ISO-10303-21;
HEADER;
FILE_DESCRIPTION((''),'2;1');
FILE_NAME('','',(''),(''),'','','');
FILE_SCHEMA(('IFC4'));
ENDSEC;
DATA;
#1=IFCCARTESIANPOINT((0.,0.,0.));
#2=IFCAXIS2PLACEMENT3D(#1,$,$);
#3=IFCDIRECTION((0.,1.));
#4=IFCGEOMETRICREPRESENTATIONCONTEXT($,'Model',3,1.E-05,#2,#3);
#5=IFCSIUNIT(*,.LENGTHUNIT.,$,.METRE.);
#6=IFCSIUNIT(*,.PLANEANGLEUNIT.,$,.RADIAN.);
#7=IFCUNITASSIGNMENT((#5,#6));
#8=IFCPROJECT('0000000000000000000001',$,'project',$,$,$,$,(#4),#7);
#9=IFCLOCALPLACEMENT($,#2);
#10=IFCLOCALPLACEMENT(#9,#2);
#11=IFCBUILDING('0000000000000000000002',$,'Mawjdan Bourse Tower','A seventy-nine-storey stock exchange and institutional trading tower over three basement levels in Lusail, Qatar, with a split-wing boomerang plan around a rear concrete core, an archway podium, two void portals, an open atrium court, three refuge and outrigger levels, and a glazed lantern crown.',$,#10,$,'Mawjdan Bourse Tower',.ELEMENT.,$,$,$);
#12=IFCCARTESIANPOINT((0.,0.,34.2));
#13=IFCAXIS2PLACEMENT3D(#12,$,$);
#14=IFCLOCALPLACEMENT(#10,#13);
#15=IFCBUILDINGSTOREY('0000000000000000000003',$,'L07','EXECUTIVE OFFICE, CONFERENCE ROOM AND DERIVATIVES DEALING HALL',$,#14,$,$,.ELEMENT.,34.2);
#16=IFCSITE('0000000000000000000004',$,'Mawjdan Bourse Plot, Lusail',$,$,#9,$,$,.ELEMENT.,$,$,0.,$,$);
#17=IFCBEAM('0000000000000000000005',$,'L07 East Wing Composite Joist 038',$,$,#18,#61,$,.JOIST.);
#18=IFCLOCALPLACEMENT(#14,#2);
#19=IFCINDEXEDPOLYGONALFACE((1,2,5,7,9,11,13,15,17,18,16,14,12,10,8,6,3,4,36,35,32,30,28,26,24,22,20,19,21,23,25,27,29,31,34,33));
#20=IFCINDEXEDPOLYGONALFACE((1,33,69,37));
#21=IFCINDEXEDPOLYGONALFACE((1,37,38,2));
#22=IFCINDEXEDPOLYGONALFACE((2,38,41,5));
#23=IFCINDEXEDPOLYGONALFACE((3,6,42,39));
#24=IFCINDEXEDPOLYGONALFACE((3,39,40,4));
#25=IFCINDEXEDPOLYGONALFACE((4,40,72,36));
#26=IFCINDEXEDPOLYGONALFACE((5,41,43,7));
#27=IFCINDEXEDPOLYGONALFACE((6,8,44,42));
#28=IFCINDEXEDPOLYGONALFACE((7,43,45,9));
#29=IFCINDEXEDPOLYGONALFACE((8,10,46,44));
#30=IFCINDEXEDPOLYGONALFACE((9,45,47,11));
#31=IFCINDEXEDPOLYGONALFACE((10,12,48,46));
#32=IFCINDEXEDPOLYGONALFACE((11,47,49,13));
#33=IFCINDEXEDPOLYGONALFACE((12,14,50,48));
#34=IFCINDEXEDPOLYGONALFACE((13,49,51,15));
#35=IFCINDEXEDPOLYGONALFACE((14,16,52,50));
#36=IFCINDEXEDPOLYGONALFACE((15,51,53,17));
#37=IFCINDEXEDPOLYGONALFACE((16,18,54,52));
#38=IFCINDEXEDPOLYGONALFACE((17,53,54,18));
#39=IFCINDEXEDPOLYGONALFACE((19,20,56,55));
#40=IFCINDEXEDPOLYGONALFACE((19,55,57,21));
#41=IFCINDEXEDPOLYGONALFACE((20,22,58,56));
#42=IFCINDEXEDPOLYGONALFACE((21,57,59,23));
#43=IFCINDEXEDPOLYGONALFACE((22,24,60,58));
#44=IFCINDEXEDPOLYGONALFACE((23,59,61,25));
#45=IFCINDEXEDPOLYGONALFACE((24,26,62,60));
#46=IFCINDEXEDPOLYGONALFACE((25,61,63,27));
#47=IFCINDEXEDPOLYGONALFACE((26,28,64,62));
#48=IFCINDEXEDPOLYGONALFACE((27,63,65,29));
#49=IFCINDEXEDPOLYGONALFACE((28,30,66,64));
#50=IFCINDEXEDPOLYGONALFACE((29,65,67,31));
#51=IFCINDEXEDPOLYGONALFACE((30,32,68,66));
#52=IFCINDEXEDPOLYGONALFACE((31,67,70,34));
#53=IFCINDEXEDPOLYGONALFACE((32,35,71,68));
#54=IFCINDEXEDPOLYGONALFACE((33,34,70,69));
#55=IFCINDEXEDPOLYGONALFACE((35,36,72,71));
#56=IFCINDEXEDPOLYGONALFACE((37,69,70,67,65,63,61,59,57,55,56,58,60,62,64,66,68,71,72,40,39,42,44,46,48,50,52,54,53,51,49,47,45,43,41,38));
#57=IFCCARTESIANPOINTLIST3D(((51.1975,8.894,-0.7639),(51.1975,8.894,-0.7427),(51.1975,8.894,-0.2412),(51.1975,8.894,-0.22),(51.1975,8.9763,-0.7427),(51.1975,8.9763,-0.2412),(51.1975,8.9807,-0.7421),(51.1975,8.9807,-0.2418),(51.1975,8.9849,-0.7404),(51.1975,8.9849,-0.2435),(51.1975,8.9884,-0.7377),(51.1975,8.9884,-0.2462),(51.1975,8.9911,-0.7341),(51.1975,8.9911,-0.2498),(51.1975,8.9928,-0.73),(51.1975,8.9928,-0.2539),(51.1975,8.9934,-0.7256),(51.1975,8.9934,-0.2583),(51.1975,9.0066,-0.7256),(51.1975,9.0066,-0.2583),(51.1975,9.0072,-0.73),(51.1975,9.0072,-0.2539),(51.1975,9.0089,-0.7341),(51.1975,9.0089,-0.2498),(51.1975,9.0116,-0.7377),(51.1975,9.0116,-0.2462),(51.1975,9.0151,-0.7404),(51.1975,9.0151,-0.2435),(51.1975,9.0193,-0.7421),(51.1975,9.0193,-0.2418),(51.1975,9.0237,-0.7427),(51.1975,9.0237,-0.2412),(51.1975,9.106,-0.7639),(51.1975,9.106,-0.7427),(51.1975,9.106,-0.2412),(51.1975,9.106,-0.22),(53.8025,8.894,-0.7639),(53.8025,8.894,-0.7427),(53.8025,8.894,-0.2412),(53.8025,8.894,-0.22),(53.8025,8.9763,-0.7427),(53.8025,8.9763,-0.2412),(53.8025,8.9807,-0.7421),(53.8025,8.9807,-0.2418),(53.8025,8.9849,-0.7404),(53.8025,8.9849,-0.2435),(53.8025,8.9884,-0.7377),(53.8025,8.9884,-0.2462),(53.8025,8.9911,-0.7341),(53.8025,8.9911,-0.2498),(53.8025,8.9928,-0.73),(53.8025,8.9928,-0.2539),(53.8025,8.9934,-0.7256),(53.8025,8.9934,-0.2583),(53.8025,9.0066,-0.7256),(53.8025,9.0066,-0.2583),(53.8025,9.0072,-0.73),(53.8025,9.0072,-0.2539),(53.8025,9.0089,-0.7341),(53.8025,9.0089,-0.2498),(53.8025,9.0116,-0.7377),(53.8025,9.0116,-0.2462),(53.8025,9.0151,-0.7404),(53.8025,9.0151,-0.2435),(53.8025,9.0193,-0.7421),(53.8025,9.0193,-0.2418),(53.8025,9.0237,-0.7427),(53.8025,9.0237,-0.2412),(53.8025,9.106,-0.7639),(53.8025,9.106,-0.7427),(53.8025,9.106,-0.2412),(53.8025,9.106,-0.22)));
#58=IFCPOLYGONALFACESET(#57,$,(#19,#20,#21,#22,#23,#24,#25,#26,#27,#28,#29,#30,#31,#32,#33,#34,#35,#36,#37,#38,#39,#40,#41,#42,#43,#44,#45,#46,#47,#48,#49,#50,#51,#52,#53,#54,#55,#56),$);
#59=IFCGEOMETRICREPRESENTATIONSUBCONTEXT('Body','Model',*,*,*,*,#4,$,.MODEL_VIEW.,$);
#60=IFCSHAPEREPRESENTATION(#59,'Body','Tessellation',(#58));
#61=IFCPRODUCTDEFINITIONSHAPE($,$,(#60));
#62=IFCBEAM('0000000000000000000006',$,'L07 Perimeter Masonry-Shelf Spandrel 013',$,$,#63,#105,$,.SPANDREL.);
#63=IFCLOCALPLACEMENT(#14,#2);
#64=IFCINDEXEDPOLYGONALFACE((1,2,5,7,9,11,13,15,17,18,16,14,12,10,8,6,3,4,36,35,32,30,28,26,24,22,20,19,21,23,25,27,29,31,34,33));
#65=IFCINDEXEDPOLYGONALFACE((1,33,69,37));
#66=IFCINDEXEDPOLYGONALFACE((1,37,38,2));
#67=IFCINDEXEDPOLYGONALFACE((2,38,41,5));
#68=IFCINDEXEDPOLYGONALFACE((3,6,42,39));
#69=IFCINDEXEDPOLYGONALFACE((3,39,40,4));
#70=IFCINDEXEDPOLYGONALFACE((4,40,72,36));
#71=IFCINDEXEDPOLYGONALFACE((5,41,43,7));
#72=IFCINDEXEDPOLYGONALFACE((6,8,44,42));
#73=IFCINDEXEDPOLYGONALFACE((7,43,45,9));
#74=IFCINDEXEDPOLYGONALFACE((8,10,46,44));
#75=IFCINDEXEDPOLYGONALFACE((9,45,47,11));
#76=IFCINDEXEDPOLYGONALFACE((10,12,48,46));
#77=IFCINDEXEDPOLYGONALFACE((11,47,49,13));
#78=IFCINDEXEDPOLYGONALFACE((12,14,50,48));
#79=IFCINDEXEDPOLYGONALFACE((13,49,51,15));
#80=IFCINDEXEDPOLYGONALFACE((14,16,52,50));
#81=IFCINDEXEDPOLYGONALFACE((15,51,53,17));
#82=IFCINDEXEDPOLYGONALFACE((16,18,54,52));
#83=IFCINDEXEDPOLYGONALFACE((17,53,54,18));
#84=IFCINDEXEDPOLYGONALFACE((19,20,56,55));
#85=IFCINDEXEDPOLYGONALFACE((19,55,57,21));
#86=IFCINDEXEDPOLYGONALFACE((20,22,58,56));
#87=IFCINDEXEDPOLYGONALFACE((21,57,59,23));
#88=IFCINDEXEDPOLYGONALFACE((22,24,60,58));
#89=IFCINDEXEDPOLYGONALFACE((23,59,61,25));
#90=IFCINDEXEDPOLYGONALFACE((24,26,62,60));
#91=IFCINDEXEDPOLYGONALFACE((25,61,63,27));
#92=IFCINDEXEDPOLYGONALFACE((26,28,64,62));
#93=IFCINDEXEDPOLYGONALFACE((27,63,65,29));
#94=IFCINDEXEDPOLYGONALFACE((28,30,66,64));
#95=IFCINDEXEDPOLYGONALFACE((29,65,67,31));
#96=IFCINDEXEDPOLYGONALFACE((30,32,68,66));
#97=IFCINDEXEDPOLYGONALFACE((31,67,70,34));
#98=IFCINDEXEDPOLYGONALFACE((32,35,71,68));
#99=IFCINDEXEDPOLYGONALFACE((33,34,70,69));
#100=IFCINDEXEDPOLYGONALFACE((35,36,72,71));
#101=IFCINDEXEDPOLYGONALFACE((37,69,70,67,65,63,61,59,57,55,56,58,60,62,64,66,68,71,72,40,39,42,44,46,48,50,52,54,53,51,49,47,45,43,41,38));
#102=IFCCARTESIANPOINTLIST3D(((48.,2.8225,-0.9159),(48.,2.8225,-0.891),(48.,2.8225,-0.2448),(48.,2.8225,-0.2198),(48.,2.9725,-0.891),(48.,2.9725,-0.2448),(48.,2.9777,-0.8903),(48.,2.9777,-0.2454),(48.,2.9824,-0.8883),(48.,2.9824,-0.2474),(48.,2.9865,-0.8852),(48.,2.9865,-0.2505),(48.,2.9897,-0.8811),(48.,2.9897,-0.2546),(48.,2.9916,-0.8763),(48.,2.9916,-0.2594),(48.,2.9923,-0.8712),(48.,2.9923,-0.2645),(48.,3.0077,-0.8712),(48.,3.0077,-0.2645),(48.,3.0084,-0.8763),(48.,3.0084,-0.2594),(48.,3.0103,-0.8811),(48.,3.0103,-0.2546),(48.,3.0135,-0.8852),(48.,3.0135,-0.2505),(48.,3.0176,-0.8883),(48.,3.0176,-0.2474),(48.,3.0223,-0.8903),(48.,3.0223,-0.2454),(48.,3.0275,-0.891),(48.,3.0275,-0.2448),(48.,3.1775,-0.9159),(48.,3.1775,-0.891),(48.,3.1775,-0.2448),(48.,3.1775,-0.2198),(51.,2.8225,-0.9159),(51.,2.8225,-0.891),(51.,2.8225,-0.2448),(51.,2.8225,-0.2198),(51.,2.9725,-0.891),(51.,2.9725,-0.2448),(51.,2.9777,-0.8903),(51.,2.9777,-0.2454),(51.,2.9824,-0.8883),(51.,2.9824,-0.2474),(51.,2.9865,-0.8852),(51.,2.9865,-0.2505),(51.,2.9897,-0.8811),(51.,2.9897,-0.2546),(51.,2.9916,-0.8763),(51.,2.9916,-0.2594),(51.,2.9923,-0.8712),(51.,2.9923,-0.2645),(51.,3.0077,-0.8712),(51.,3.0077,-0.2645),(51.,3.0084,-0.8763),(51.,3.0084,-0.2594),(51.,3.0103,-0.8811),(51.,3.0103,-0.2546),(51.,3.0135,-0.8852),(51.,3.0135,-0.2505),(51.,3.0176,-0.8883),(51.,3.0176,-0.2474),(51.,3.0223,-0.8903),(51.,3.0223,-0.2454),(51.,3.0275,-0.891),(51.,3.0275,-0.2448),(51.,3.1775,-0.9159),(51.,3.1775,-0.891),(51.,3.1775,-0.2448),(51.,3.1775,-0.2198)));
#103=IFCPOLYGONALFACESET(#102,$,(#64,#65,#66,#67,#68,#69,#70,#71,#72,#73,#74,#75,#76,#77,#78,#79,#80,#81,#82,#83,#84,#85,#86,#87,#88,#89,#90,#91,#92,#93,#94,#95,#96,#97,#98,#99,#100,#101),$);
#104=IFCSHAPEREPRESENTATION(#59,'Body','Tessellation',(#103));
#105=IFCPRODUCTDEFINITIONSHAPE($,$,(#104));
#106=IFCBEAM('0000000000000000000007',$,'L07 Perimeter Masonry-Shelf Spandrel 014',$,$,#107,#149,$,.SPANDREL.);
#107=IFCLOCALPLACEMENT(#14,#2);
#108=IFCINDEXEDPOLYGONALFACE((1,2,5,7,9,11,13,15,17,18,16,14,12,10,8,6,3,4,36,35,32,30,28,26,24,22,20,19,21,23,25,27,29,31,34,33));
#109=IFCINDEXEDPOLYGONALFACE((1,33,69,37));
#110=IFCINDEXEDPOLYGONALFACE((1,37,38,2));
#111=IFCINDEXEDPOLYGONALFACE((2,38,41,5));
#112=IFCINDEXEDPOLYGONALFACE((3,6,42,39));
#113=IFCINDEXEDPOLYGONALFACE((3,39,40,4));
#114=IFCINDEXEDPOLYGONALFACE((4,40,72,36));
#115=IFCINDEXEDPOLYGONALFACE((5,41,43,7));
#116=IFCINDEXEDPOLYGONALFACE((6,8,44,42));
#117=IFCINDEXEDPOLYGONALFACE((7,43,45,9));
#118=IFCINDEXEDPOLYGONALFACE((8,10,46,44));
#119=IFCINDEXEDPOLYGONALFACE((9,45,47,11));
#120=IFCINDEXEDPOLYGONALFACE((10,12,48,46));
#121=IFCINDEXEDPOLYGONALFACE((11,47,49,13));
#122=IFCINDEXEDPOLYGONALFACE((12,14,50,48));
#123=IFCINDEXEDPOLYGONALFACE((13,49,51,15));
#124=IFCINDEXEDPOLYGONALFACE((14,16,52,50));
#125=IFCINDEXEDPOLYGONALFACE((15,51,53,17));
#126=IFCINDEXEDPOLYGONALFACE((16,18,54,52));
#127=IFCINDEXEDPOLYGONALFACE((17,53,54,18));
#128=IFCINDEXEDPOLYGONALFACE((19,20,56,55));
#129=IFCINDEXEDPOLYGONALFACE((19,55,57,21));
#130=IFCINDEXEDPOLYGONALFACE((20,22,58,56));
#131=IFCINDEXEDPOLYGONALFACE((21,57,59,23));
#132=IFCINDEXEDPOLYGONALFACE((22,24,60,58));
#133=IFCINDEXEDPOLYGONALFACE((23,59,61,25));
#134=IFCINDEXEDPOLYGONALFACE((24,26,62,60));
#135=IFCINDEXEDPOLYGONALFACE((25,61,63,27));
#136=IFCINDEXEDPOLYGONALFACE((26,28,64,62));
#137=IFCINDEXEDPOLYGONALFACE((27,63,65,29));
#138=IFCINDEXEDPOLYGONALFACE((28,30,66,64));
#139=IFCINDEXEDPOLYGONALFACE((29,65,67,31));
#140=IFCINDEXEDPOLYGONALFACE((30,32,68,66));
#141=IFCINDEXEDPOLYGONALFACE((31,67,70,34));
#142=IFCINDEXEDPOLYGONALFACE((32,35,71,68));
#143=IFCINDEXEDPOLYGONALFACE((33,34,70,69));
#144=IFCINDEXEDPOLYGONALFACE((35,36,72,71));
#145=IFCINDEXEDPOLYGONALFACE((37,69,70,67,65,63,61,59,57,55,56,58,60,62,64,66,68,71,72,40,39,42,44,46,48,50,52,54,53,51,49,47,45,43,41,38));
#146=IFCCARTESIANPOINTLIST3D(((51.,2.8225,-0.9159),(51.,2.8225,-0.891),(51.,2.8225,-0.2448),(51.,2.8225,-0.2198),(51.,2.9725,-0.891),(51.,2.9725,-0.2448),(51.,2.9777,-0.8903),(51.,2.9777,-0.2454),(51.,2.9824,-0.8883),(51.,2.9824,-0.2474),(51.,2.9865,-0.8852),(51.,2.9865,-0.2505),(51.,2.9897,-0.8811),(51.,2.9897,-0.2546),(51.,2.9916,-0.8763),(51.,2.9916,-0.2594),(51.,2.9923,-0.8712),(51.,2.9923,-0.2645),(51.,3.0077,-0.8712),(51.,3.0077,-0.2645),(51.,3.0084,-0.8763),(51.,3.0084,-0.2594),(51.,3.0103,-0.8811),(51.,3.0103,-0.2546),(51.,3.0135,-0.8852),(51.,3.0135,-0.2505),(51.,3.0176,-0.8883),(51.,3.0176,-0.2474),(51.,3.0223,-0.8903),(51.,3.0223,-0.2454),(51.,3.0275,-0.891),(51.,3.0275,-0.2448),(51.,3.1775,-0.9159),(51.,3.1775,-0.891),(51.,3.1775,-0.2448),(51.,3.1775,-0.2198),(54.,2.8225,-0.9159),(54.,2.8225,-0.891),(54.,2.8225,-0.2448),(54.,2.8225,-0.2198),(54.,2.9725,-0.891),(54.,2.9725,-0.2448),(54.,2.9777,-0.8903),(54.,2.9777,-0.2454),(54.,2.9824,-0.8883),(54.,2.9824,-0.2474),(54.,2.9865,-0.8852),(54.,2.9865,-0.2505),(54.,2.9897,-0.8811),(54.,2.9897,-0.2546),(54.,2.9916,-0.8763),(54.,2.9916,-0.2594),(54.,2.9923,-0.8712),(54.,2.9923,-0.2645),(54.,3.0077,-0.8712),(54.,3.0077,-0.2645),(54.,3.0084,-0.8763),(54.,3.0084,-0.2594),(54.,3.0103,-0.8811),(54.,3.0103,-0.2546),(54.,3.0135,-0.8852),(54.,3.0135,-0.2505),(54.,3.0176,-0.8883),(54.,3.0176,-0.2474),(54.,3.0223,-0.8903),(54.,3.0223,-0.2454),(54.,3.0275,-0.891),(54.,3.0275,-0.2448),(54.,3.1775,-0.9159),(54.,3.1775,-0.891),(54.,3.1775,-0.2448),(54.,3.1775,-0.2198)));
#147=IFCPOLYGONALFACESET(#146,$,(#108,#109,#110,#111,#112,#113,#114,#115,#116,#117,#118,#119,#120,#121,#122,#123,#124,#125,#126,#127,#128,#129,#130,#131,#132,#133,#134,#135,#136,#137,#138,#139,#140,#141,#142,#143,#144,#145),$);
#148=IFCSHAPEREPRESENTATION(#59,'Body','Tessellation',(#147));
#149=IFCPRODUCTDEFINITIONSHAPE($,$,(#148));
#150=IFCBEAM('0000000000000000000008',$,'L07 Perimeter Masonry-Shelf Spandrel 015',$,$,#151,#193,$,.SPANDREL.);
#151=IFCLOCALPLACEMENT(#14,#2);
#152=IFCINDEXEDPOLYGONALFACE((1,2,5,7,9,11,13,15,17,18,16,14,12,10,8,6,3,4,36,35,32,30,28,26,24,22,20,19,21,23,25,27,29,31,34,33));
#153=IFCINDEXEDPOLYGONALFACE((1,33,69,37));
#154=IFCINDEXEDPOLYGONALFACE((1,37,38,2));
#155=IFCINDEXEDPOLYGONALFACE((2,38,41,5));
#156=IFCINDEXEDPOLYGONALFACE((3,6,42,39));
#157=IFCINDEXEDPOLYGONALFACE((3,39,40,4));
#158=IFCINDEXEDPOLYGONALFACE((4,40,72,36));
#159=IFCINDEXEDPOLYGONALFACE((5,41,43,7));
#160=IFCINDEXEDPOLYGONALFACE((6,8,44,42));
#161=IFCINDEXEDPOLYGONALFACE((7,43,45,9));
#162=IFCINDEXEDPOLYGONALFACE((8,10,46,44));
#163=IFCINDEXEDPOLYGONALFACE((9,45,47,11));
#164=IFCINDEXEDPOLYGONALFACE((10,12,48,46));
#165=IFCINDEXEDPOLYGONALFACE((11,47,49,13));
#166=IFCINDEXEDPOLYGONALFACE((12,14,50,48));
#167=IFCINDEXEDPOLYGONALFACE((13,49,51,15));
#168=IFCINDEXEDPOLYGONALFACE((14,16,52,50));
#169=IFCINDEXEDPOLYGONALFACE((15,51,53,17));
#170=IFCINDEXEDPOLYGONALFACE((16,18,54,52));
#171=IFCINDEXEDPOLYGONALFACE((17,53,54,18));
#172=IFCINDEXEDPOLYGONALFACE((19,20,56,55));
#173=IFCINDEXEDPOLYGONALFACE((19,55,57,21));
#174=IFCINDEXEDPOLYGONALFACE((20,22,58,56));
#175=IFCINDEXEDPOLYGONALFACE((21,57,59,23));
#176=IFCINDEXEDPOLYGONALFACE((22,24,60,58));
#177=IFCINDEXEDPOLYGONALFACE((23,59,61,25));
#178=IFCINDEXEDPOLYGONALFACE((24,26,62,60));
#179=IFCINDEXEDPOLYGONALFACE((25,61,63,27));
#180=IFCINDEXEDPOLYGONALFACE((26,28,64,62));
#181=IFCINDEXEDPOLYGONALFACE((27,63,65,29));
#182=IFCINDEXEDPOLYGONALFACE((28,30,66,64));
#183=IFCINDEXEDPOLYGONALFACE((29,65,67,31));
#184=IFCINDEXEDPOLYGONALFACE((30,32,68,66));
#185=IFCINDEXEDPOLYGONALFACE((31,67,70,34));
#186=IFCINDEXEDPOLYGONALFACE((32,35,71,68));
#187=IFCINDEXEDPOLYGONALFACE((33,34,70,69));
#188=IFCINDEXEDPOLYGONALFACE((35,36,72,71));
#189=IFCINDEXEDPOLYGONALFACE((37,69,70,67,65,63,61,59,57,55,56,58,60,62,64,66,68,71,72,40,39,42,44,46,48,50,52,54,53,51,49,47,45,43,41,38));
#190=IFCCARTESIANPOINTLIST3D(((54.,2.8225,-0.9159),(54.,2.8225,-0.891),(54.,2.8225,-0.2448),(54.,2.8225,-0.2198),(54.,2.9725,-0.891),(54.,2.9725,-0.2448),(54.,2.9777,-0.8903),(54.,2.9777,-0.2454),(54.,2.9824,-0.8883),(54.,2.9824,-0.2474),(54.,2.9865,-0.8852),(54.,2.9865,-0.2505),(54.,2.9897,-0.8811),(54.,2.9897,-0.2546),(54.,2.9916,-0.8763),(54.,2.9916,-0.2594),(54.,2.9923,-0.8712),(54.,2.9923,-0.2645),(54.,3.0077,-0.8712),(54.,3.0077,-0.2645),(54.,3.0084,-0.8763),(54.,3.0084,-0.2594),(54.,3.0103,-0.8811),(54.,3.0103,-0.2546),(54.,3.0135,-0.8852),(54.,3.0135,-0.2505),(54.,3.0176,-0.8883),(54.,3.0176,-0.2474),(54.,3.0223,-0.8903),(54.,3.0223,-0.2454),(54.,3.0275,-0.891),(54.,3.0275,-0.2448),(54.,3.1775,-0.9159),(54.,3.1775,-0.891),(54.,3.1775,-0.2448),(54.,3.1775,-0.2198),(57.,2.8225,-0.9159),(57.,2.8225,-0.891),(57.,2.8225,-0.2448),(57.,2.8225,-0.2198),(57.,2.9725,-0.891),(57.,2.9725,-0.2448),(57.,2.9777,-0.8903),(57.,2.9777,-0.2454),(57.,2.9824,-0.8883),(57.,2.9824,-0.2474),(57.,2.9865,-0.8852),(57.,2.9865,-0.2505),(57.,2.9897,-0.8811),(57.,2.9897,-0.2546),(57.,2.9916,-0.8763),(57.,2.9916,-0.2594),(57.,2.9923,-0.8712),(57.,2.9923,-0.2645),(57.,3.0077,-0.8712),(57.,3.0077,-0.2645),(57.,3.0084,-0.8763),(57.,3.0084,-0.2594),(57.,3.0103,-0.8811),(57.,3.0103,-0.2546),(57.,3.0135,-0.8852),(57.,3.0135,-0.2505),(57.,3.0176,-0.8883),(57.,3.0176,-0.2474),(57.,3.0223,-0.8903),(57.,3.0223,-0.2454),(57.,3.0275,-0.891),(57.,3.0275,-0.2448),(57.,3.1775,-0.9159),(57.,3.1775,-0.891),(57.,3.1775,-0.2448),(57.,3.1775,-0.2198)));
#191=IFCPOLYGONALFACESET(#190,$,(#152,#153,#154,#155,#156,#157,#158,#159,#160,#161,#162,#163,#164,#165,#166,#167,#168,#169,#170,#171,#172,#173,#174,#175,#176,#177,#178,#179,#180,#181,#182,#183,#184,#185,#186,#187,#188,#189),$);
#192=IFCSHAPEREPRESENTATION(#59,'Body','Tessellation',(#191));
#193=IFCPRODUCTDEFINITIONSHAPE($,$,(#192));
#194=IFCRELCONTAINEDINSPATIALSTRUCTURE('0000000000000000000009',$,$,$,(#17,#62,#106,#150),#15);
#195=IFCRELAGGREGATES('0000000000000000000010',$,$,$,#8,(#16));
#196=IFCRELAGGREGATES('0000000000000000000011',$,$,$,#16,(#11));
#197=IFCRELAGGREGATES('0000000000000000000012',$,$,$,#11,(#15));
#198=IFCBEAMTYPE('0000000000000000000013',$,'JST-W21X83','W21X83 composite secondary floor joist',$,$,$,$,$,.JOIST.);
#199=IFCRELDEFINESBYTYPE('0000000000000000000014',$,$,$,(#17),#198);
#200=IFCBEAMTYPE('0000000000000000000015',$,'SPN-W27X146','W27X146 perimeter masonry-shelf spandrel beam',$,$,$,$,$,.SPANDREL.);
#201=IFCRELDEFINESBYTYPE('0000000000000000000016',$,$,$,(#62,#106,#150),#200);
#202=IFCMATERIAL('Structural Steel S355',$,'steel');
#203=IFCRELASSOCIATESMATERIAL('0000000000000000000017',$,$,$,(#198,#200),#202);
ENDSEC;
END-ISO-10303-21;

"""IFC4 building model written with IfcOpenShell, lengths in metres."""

from ifc_helpers import new_model, si_unit, direction, frame, origin, origin_2d, place, context, subcontext, project, spatial, i_section, extrude, material, material_profile, profile_set, type_object, element, save


model = new_model("IFC4")

# Units and contexts
model_context = context("Model", 3, precision=1e-05, world=origin(), true_north=direction((0.0, 1.0)))
body_context = subcontext(model_context, "Body", "Model", "MODEL_VIEW")
ifc_project = project(units=[si_unit("LENGTHUNIT", "METRE"), si_unit("PLANEANGLEUNIT", "RADIAN")], contexts=[model_context])

# Site, building, storey
site_placement = place(None, origin())
site = spatial("IfcSite", under=ifc_project, at=site_placement, Name="Mawjdan Bourse Plot, Lusail", CompositionType="ELEMENT", RefElevation=0.0)
building_placement = place(site_placement, origin())
building = spatial("IfcBuilding", under=site, at=building_placement, Name="Mawjdan Bourse Tower", Description="A seventy-nine-storey stock exchange and institutional trading tower over three basement levels in Lusail, Qatar, with a split-wing boomerang plan around a rear concrete core, an archway podium, two void portals, an open atrium court, three refuge and outrigger levels, and a glazed lantern crown.", LongName="Mawjdan Bourse Tower", CompositionType="ELEMENT")
storey_placement = place(building_placement, frame((0.0, 0.0, 34.2)))
storey = spatial("IfcBuildingStorey", under=building, at=storey_placement, Name="L07", Description="EXECUTIVE OFFICE, CONFERENCE ROOM AND DERIVATIVES DEALING HALL", CompositionType="ELEMENT", Elevation=34.2)

# Beams
ifc_material_1 = material(Name="Structural Steel S355", Category="steel")
ifc_material_profile_1 = material_profile(ifc_material_1, i_section(OverallWidth=0.2119, OverallDepth=0.5439, WebThickness=0.0132, FlangeThickness=0.0212, FilletRadius=0.0171, at=origin_2d()), Name="W21X83")
ifc_profile_set_1 = profile_set([ifc_material_profile_1], Name="Structural Steel S355")
beam_type_1 = type_object("IfcBeamType", Name="JST-W21X83", Description="W21X83 composite secondary floor joist", PredefinedType="JOIST", material=ifc_profile_set_1)
for number, where, z_axis, x_axis, name in (
    (1, (51.1975, 9.0, -0.4919), (1.0, 0.0, 0.0), (0.0, 1.0, 0.0), "L07 East Wing Composite Joist 038"),
):
    element("IfcBeam", number, at=place(storey_placement, frame(where, z_axis=z_axis, x_axis=x_axis)), inside=storey, type_object=beam_type_1, Name=name, PredefinedType="JOIST", context=body_context, shape_type="SweptSolid", body=[
        extrude(i_section(OverallWidth=0.2119, OverallDepth=0.5439, WebThickness=0.0132, FlangeThickness=0.0212, FilletRadius=0.0171, at=origin_2d()), origin(), (0.0, 0.0, 1.0), 2.605),
    ])
ifc_material_profile_2 = material_profile(ifc_material_1, i_section(OverallWidth=0.355, OverallDepth=0.696, WebThickness=0.0154, FlangeThickness=0.0249, FilletRadius=0.0198, at=origin_2d()), Name="W27X146")
ifc_profile_set_2 = profile_set([ifc_material_profile_2], Name="Structural Steel S355")
beam_type_2 = type_object("IfcBeamType", Name="SPN-W27X146", Description="W27X146 perimeter masonry-shelf spandrel beam", PredefinedType="SPANDREL", material=ifc_profile_set_2)
for number, where, z_axis, x_axis, name in (
    (2, (48.0, 3.0, -0.5679), (1.0, 0.0, 0.0), (0.0, 1.0, 0.0), "L07 Perimeter Masonry-Shelf Spandrel 013"),
    (3, (51.0, 3.0, -0.5679), (1.0, 0.0, 0.0), (0.0, 1.0, 0.0), "L07 Perimeter Masonry-Shelf Spandrel 014"),
    (4, (54.0, 3.0, -0.5679), (1.0, 0.0, 0.0), (0.0, 1.0, 0.0), "L07 Perimeter Masonry-Shelf Spandrel 015"),
):
    element("IfcBeam", number, at=place(storey_placement, frame(where, z_axis=z_axis, x_axis=x_axis)), inside=storey, type_object=beam_type_2, Name=name, PredefinedType="SPANDREL", context=body_context, shape_type="SweptSolid", body=[
        extrude(i_section(OverallWidth=0.355, OverallDepth=0.696, WebThickness=0.0154, FlangeThickness=0.0249, FilletRadius=0.0198, at=origin_2d()), origin(), (0.0, 0.0, 1.0), 3.0),
    ])

save(model, "model.ifc")
